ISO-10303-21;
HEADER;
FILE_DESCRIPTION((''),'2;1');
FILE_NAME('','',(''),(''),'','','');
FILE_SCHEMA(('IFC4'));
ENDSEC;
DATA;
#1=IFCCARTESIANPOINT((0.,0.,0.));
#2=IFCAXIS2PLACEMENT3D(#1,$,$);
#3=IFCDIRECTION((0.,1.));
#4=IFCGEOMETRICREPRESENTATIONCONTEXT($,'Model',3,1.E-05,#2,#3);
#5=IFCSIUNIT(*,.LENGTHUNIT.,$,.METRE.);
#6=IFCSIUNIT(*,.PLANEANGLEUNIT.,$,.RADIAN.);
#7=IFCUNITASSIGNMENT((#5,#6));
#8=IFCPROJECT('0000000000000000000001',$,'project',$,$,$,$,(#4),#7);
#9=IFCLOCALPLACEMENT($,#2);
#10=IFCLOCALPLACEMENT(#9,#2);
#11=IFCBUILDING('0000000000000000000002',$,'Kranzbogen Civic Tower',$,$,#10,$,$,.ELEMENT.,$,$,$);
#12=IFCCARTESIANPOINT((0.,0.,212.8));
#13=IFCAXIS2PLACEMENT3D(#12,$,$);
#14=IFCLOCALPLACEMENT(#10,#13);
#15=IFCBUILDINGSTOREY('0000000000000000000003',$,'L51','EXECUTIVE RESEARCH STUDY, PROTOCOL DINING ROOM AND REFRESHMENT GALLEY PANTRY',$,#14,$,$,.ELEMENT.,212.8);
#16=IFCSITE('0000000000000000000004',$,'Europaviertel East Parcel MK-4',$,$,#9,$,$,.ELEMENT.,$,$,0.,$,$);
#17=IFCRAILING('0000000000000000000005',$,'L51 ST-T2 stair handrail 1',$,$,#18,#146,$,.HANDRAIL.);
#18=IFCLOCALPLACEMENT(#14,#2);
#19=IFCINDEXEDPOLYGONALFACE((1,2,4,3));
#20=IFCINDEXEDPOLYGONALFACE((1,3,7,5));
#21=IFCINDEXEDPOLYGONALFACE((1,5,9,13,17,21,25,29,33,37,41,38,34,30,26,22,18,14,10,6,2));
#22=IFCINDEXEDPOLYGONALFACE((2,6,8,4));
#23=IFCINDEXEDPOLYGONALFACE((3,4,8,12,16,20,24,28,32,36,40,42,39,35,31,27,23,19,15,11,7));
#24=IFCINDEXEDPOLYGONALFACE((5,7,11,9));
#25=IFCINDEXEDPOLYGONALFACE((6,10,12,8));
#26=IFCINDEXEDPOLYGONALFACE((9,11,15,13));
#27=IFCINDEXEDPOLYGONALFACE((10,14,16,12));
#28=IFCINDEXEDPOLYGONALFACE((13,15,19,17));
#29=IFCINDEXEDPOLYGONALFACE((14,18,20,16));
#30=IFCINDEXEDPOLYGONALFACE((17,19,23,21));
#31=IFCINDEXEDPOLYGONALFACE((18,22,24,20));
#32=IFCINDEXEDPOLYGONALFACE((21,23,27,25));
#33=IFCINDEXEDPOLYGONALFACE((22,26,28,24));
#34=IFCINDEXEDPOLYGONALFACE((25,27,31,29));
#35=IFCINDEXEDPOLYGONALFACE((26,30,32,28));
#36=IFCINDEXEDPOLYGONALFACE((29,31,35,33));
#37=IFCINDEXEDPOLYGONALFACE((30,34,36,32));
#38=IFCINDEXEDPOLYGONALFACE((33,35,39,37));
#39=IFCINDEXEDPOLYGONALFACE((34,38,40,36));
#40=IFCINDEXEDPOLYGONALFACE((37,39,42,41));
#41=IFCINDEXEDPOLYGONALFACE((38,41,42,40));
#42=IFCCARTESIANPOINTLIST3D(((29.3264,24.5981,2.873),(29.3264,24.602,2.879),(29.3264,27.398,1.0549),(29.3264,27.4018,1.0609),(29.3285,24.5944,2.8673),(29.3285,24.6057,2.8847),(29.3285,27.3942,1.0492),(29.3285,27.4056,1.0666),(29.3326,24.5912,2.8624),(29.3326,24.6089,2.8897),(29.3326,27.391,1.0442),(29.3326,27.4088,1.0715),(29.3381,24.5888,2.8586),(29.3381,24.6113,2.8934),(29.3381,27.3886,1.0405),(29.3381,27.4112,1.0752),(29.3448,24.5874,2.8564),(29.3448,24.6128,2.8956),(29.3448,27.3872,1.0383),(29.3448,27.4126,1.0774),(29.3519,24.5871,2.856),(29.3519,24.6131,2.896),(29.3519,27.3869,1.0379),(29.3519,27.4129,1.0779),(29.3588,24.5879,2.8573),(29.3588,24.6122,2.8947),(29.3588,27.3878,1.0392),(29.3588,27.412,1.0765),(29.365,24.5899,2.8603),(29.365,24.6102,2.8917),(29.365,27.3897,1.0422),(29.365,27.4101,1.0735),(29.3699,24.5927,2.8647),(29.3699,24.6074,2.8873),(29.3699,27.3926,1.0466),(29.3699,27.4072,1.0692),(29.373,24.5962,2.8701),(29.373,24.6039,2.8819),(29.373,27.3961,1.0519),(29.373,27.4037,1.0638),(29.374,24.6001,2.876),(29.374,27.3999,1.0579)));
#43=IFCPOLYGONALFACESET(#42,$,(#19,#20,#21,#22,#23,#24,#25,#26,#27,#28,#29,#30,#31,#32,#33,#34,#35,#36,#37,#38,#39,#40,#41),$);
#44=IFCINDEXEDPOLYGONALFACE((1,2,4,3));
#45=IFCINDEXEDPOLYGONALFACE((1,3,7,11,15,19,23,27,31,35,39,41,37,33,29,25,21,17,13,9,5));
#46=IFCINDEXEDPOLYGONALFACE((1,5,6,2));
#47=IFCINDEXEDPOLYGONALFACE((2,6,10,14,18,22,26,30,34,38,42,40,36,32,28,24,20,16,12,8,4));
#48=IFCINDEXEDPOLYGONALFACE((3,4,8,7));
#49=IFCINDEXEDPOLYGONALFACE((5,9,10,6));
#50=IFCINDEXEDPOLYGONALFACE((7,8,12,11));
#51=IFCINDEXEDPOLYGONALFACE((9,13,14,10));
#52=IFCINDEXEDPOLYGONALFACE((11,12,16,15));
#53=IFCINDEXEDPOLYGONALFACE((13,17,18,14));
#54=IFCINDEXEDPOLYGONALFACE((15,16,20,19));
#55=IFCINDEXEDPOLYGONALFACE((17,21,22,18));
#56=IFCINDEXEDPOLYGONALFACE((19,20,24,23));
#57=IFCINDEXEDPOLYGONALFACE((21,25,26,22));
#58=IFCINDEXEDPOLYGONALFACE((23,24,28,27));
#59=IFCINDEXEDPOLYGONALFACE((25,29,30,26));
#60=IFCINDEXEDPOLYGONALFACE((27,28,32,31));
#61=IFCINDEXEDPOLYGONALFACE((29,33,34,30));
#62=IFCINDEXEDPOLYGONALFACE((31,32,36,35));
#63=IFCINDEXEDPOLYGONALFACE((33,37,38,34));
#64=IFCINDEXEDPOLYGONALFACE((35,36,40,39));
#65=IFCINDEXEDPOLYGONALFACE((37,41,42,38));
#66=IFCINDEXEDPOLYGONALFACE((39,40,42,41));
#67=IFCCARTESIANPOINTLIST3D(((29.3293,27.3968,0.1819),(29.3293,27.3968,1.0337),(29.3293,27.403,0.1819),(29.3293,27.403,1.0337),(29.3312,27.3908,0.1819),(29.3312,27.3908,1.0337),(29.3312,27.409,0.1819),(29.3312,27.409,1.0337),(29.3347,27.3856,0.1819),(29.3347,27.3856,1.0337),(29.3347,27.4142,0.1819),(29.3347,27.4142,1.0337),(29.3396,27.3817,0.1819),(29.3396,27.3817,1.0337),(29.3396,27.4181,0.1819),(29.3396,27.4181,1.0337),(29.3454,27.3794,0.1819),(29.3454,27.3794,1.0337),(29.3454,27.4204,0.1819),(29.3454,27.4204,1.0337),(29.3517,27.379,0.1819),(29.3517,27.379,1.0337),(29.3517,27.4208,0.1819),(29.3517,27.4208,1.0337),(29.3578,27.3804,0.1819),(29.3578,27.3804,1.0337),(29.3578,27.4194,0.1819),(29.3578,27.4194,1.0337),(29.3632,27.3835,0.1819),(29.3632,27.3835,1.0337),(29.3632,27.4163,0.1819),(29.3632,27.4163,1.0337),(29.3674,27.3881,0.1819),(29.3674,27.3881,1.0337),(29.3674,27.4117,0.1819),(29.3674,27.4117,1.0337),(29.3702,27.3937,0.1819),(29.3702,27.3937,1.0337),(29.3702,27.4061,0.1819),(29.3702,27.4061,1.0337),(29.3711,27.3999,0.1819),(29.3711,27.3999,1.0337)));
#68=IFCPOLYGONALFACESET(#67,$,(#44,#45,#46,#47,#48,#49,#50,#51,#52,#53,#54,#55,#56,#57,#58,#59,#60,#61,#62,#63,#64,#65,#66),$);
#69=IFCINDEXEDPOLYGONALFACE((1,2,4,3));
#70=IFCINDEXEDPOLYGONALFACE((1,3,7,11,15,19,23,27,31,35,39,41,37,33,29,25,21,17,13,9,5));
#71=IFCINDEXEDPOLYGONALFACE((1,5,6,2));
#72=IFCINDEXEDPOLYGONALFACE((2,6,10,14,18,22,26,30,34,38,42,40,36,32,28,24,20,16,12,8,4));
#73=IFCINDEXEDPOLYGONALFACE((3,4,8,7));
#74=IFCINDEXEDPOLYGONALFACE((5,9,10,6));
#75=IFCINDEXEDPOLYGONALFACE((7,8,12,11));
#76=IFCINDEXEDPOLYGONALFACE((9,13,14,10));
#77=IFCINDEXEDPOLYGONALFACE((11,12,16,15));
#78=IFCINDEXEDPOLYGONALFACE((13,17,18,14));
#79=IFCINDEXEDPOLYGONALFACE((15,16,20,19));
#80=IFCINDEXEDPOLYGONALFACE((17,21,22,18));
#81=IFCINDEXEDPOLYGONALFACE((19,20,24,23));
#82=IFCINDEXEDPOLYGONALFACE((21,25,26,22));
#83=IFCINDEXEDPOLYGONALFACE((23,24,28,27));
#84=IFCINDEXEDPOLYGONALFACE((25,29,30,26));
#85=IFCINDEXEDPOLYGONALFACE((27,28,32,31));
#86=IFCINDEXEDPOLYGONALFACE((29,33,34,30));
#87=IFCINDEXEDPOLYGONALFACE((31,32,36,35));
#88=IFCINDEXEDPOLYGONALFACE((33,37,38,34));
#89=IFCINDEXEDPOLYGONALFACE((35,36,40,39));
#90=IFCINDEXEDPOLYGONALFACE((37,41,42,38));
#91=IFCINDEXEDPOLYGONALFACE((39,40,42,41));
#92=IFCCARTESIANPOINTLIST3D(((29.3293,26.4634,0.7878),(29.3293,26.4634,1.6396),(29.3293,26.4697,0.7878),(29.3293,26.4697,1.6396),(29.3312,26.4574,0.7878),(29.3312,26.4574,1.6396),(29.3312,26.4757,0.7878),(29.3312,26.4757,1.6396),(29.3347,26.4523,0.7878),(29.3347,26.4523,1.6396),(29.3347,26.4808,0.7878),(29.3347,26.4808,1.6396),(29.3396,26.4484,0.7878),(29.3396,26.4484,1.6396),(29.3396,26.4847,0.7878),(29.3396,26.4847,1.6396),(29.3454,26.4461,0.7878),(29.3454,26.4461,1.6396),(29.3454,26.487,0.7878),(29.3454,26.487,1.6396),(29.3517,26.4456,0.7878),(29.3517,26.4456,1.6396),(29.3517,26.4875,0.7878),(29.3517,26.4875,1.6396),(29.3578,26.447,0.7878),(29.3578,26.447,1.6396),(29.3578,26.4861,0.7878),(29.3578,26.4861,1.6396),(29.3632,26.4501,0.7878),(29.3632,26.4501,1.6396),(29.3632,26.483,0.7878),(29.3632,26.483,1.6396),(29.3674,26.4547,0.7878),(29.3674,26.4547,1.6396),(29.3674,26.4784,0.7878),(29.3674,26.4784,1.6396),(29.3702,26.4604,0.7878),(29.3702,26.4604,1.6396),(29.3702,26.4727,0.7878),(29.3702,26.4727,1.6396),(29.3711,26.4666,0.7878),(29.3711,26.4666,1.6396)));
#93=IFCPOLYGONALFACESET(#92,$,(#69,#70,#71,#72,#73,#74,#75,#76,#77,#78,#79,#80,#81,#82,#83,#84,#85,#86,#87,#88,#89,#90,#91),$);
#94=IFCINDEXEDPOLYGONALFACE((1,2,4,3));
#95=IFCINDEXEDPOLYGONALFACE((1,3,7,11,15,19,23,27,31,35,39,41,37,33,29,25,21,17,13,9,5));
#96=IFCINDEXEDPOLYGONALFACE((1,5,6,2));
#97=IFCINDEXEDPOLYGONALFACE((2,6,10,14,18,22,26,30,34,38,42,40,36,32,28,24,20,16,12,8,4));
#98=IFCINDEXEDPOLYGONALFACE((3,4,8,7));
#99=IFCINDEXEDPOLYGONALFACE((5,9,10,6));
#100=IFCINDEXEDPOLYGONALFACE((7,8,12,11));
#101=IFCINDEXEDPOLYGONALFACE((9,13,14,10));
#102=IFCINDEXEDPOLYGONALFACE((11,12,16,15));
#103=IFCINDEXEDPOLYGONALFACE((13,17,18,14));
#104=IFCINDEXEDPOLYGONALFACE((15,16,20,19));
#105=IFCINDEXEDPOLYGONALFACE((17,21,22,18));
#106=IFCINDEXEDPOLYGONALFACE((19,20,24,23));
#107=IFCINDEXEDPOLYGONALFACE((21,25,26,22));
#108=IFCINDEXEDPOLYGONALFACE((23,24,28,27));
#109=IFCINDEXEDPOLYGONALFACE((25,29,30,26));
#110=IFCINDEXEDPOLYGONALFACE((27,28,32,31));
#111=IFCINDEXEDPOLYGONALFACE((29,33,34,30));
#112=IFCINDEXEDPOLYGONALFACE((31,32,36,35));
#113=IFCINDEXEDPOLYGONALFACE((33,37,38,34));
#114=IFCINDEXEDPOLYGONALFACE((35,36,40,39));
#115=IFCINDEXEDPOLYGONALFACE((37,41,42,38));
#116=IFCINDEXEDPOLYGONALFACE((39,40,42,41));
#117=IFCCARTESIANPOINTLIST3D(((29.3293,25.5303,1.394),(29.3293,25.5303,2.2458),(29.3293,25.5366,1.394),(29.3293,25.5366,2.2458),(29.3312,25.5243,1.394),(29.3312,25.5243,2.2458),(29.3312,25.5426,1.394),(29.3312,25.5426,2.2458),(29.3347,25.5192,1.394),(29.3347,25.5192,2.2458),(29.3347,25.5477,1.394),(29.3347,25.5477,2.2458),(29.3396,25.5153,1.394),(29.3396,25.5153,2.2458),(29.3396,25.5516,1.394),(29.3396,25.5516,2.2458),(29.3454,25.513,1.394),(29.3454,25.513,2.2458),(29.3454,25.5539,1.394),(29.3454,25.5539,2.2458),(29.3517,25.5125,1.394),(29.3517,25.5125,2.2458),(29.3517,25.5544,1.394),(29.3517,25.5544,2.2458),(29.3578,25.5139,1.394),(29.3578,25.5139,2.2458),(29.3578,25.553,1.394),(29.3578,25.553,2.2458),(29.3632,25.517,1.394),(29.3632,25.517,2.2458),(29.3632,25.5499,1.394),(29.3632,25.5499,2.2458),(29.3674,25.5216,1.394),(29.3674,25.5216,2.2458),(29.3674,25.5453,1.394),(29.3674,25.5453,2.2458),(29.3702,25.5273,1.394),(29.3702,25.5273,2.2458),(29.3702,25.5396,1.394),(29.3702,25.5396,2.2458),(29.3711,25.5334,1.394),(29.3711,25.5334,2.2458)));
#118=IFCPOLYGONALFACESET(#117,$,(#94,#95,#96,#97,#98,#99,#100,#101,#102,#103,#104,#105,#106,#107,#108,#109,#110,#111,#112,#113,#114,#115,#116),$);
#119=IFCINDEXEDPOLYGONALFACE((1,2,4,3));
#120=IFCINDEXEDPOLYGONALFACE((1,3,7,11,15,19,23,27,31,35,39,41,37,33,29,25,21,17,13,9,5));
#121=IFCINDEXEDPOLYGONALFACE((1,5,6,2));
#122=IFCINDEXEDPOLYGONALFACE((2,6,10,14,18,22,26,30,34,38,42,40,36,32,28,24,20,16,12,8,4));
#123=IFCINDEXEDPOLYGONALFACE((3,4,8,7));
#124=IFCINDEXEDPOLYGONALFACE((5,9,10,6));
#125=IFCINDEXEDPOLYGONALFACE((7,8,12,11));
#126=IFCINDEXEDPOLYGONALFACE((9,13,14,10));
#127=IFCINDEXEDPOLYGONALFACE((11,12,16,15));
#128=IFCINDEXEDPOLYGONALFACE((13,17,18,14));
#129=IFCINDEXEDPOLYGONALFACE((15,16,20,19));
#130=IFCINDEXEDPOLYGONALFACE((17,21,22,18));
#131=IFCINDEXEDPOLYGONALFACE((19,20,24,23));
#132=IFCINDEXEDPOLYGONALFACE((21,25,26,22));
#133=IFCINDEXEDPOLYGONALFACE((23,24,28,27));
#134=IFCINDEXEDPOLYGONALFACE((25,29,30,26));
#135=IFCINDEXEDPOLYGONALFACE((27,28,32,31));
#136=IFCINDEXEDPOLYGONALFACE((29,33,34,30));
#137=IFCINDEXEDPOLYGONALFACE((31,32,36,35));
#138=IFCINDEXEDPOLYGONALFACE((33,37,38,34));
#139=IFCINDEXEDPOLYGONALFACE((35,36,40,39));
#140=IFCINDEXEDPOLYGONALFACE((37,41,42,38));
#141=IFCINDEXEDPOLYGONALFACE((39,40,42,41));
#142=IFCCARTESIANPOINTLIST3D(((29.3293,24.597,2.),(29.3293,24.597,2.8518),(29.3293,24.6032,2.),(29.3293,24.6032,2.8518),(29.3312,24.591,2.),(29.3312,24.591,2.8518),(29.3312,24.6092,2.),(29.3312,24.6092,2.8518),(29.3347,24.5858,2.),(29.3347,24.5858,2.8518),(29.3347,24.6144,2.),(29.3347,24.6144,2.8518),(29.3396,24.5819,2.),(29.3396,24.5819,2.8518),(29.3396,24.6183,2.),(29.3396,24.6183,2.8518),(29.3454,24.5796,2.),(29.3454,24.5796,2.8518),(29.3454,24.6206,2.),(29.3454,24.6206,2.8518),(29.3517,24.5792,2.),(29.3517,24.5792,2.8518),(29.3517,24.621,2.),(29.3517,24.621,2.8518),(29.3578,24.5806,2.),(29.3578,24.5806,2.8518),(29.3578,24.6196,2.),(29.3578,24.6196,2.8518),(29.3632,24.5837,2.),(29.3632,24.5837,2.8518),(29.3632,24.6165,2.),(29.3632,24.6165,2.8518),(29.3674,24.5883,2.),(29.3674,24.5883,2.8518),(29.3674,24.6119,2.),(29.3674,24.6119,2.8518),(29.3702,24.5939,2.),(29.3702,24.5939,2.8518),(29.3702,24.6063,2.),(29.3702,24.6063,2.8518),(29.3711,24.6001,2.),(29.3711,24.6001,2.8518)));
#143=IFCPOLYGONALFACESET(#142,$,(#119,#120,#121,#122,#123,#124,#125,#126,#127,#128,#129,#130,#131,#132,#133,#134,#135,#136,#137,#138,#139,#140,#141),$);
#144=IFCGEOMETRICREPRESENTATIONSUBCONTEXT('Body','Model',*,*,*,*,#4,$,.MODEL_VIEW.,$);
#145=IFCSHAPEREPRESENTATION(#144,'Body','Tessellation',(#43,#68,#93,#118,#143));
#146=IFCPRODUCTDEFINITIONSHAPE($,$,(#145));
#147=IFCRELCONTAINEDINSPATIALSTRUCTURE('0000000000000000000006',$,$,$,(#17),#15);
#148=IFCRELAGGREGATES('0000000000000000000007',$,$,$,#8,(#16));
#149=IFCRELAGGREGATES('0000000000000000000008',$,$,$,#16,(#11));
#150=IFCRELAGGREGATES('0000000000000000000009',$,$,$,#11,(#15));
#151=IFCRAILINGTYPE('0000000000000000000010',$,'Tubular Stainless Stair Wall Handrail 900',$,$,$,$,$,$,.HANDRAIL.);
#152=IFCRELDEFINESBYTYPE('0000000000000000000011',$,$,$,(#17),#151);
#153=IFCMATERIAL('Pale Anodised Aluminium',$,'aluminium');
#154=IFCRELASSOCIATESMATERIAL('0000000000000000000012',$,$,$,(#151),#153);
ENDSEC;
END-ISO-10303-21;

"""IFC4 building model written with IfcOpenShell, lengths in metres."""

from ifc_helpers import new_model, si_unit, direction, frame, origin, origin_2d, place, context, subcontext, project, spatial, circle, extrude, material, type_object, element, save


model = new_model("IFC4")

# Units and contexts
model_context = context("Model", 3, precision=1e-05, world=origin(), true_north=direction((0.0, 1.0)))
body_context = subcontext(model_context, "Body", "Model", "MODEL_VIEW")
ifc_project = project(units=[si_unit("LENGTHUNIT", "METRE"), si_unit("PLANEANGLEUNIT", "RADIAN")], contexts=[model_context])

# Site, building, storey
site_placement = place(None, origin())
site = spatial("IfcSite", under=ifc_project, at=site_placement, Name="Europaviertel East Parcel MK-4", CompositionType="ELEMENT", RefElevation=0.0)
building_placement = place(site_placement, origin())
building = spatial("IfcBuilding", under=site, at=building_placement, Name="Kranzbogen Civic Tower", CompositionType="ELEMENT")
storey_placement = place(building_placement, frame((0.0, 0.0, 212.8)))
storey = spatial("IfcBuildingStorey", under=building, at=storey_placement, Name="L51", Description="EXECUTIVE RESEARCH STUDY, PROTOCOL DINING ROOM AND REFRESHMENT GALLEY PANTRY", CompositionType="ELEMENT", Elevation=212.8)

# Shared definitions
ifc_material_1 = material(Name="Pale Anodised Aluminium", Category="aluminium")

# Railing
railing_type_1 = type_object("IfcRailingType", Name="Tubular Stainless Stair Wall Handrail 900", PredefinedType="HANDRAIL", material=ifc_material_1)
railing_1_placement = place(storey_placement, frame((29.3501, 27.3999, 0.1819)))
element("IfcRailing", 1, at=railing_1_placement, inside=storey, type_object=railing_type_1, Name="L51 ST-T2 stair handrail 1", PredefinedType="HANDRAIL", context=body_context, shape_type="SweptSolid", body=[
    extrude(circle(Radius=0.0239, at=origin_2d()), frame((0.0, 0.0, 0.876), z_axis=(0.0, -0.838684, 0.544618), x_axis=(1.0, 0.0, 0.0)), (0.0, 0.0, 1.0), 3.3384),
    extrude(circle(Radius=0.021, at=origin_2d()), origin(), (0.0, 0.0, 1.0), 0.8518),
    extrude(circle(Radius=0.021, at=origin_2d()), frame((0.0, -0.9333, 0.606)), (0.0, 0.0, 1.0), 0.8518),
    extrude(circle(Radius=0.021, at=origin_2d()), frame((0.0, -1.8665, 1.2122)), (0.0, 0.0, 1.0), 0.8518),
    extrude(circle(Radius=0.021, at=origin_2d()), frame((0.0, -2.7998, 1.8181)), (0.0, 0.0, 1.0), 0.8518),
])

save(model, "model.ifc")
